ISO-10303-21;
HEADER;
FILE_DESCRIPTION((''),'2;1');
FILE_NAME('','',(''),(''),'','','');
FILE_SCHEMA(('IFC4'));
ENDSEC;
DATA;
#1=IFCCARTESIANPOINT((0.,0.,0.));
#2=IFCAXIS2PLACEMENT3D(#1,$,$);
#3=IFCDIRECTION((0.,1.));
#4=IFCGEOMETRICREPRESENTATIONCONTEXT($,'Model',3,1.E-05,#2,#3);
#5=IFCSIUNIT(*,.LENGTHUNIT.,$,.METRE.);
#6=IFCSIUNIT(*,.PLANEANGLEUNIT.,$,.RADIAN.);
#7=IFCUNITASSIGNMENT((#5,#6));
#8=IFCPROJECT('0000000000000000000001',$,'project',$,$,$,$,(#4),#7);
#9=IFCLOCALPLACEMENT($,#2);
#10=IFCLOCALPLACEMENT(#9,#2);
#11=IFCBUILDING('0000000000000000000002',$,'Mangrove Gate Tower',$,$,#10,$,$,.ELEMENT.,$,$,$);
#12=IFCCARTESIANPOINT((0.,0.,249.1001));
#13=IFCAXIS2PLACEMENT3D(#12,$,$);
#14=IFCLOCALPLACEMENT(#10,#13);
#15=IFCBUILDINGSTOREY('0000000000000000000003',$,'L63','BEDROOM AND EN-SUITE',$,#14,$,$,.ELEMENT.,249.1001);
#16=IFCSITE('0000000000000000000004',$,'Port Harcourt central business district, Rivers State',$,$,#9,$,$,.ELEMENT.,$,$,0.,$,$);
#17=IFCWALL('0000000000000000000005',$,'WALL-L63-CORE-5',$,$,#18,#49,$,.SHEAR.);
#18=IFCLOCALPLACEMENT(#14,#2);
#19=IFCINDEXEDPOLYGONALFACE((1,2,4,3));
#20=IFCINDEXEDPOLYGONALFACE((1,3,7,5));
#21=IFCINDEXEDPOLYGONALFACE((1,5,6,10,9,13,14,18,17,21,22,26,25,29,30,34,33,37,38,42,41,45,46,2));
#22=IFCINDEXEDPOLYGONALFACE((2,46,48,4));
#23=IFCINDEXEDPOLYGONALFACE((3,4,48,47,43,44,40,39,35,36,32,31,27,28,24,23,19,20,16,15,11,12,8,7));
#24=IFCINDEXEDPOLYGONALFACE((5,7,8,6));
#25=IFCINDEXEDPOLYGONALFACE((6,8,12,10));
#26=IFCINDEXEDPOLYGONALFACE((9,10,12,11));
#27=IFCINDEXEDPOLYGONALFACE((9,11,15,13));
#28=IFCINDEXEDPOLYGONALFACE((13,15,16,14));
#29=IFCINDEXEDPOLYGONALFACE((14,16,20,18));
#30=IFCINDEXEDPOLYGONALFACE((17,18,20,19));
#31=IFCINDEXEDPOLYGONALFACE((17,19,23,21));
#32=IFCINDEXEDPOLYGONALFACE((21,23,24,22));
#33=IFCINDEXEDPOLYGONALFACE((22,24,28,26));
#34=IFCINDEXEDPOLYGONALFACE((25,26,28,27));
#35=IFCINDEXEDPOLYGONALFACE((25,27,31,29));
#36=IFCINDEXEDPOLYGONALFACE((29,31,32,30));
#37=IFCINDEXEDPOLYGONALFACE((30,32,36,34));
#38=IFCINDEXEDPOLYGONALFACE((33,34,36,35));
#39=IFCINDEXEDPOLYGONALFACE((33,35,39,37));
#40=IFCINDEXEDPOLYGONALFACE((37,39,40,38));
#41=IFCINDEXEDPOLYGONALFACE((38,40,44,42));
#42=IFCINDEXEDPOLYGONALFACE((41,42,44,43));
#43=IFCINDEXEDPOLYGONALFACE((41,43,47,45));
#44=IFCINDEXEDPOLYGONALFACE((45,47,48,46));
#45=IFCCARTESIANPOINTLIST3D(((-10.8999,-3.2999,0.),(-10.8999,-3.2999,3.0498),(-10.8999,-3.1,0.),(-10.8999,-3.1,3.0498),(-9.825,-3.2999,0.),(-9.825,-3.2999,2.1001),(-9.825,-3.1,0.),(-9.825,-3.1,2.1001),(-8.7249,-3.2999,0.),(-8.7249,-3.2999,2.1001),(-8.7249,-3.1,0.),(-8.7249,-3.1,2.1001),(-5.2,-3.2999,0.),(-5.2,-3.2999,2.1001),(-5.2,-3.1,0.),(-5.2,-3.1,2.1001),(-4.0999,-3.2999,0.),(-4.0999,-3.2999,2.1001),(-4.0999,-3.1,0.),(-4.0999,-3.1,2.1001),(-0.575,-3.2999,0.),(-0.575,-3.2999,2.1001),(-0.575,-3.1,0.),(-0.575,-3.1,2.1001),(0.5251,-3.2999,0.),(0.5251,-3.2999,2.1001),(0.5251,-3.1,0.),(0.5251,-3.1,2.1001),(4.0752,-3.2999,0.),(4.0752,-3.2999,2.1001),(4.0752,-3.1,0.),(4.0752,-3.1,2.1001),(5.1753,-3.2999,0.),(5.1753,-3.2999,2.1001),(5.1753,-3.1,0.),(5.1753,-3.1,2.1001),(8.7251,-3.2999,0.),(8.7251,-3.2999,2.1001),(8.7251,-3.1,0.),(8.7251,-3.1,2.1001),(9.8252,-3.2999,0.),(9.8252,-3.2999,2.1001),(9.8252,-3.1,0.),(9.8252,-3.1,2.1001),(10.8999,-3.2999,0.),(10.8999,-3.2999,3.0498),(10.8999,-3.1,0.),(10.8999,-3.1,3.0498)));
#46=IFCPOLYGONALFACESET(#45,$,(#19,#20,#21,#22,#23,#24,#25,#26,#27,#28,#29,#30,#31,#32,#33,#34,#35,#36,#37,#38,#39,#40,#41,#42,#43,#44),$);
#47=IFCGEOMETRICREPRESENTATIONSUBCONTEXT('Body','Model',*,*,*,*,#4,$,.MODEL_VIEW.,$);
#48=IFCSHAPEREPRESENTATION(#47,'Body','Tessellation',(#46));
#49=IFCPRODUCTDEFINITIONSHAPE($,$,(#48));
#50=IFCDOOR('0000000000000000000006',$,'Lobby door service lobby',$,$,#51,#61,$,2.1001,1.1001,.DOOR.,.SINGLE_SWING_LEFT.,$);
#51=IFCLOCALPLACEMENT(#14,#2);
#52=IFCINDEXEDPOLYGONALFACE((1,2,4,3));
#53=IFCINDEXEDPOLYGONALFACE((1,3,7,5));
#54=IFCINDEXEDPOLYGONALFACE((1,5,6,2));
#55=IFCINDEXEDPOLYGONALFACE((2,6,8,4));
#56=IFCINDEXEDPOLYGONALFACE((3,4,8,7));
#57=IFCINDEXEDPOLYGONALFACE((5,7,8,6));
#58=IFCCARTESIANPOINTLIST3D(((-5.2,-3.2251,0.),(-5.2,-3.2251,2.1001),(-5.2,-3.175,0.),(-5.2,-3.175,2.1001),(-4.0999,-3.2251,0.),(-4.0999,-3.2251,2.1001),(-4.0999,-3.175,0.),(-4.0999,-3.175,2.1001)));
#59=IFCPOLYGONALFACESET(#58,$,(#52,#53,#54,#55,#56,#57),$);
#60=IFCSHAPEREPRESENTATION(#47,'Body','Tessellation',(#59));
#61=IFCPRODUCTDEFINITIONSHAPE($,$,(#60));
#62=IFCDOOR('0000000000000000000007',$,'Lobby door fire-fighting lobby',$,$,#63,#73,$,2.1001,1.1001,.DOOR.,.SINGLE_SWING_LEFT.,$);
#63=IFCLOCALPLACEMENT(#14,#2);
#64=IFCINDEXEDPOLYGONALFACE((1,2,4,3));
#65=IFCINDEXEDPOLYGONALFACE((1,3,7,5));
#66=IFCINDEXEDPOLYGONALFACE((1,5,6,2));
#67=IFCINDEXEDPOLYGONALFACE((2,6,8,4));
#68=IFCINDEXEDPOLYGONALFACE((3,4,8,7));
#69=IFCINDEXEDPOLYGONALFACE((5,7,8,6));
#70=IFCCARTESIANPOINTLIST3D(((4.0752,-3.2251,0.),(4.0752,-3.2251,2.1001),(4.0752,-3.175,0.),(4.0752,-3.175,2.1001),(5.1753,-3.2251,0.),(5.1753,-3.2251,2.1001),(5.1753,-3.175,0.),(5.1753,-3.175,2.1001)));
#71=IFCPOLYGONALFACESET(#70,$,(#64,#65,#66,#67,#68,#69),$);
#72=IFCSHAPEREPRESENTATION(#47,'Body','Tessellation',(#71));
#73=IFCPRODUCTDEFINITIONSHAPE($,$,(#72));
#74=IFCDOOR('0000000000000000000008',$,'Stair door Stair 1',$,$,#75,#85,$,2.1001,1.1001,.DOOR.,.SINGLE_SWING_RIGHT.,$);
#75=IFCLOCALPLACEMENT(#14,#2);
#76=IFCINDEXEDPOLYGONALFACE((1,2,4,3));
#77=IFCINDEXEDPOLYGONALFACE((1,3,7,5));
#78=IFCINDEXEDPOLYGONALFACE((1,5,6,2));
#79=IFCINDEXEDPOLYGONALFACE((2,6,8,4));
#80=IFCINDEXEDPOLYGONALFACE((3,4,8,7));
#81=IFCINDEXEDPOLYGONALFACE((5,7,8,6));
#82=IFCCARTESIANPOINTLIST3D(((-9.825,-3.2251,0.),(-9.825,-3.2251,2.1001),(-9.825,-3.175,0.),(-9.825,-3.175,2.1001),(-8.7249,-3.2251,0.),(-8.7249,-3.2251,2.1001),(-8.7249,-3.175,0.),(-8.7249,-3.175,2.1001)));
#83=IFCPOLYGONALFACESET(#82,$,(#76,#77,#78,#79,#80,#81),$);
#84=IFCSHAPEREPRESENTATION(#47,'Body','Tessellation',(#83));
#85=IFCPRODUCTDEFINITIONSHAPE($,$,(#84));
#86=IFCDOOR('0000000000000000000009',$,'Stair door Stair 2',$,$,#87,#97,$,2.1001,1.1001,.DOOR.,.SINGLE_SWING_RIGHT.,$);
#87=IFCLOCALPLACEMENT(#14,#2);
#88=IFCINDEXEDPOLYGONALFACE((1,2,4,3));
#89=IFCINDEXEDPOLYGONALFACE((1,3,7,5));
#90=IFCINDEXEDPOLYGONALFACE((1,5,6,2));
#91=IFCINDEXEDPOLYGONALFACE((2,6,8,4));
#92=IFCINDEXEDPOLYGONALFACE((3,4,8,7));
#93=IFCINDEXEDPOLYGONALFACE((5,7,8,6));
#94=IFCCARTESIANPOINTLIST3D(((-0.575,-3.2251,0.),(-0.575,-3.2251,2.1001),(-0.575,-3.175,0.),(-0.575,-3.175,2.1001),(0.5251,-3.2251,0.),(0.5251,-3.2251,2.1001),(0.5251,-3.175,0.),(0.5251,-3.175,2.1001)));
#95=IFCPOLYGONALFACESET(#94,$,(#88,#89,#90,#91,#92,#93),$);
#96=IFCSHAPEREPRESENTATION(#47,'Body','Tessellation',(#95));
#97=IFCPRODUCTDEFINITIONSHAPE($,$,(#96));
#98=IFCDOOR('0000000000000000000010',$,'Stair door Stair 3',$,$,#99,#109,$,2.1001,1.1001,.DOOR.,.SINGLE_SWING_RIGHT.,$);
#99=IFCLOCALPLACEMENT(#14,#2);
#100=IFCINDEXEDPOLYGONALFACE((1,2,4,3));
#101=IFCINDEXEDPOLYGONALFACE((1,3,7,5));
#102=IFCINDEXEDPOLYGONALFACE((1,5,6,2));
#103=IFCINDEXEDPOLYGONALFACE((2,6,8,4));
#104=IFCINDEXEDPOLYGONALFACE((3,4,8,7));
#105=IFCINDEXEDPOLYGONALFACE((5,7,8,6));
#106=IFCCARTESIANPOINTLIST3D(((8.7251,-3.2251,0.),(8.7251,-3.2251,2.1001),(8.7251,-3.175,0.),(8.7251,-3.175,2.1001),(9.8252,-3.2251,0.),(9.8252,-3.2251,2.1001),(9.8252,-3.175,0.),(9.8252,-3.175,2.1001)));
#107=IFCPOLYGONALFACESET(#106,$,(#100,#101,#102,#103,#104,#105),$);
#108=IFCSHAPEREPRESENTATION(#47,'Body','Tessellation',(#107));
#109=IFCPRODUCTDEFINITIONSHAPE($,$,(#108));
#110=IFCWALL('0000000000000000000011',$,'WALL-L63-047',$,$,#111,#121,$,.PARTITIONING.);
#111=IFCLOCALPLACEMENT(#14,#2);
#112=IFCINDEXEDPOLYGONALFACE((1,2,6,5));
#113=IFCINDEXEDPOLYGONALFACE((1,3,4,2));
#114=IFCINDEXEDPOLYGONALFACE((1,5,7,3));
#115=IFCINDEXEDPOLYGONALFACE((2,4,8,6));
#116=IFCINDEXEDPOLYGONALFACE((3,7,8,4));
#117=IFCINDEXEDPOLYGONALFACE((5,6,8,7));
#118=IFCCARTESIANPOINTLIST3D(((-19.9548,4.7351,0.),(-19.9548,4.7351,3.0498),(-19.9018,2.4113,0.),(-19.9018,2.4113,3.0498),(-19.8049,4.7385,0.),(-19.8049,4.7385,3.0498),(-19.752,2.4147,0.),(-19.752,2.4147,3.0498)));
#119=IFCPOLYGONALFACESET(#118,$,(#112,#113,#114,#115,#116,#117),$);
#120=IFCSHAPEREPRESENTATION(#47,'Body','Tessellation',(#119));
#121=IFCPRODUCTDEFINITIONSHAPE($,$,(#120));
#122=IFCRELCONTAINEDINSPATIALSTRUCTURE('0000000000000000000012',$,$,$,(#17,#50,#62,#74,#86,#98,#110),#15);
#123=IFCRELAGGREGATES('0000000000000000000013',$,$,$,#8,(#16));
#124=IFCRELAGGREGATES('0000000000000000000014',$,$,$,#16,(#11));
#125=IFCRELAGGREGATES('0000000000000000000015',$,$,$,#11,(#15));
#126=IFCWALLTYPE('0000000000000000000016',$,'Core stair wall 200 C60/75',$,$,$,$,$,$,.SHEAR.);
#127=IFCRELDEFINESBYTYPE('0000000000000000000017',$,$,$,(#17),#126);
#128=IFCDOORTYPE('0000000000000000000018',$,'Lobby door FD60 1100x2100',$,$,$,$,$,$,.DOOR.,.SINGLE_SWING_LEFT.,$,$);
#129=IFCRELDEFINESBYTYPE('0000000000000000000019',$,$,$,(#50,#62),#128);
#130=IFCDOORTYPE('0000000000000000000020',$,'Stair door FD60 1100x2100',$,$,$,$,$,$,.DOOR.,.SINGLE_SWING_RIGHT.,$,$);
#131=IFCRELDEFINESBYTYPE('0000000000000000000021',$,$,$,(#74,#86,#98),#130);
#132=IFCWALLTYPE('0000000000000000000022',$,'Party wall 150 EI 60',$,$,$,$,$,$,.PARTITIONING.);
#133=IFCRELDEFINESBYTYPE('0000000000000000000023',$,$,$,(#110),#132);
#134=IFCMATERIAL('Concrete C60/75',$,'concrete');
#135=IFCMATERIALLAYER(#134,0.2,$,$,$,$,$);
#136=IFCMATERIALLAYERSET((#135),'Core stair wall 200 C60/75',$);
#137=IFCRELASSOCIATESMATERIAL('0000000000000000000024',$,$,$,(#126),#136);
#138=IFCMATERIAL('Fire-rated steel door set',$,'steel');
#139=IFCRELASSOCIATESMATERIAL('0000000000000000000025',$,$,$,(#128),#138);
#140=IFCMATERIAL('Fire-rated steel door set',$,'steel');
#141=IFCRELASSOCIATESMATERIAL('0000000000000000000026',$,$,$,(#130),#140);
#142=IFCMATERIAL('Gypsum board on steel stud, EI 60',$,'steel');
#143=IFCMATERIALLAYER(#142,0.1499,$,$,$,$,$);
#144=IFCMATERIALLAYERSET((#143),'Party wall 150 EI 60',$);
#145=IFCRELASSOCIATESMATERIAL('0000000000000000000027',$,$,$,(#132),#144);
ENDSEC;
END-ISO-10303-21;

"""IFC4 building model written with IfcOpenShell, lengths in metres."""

from ifc_helpers import new_model, si_unit, direction, frame, frame_2d, origin, place, context, subcontext, project, spatial, rectangle, extrude, material, layer, layer_set, type_object, element, fill, save


model = new_model("IFC4")

# Units and contexts
model_context = context("Model", 3, precision=1e-05, world=origin(), true_north=direction((0.0, 1.0)))
body_context = subcontext(model_context, "Body", "Model", "MODEL_VIEW")
ifc_project = project(units=[si_unit("LENGTHUNIT", "METRE"), si_unit("PLANEANGLEUNIT", "RADIAN")], contexts=[model_context])

# Site, building, storey
site_placement = place(None, origin())
site = spatial("IfcSite", under=ifc_project, at=site_placement, Name="Port Harcourt central business district, Rivers State", CompositionType="ELEMENT", RefElevation=0.0)
building_placement = place(site_placement, origin())
building = spatial("IfcBuilding", under=site, at=building_placement, Name="Mangrove Gate Tower", CompositionType="ELEMENT")
storey_placement = place(building_placement, frame((0.0, 0.0, 249.1001)))
storey = spatial("IfcBuildingStorey", under=building, at=storey_placement, Name="L63", Description="BEDROOM AND EN-SUITE", CompositionType="ELEMENT", Elevation=249.1001)

# Wall, openings, doors
ifc_material_1 = material(Name="Concrete C60/75", Category="concrete")
ifc_layer_1 = layer(ifc_material_1, 0.2)
ifc_layer_set_1 = layer_set([ifc_layer_1], Name="Core stair wall 200 C60/75")
wall_type_1 = type_object("IfcWallType", Name="Core stair wall 200 C60/75", PredefinedType="SHEAR", material=ifc_layer_set_1)
wall_1_placement = place(storey_placement, frame((-10.8999, -3.2, 0.0), z_axis=(0.0, 0.0, 1.0), x_axis=(1.0, 0.0, 0.0)))
wall_1 = element("IfcWall", 1, at=wall_1_placement, inside=storey, type_object=wall_type_1, Name="WALL-L63-CORE-5", PredefinedType="SHEAR", context=body_context, shape_type="SweptSolid", body=[
    extrude(rectangle(XDim=21.7998, YDim=0.2, at=frame_2d((10.8999, 0.0))), origin(), (0.0, 0.0, 1.0), 3.0498),
])
opening_1_placement = place(wall_1_placement, frame((1.075, 0.0, 0.0)))
opening_1 = element("IfcOpeningElement", 2, at=opening_1_placement, cuts=wall_1, PredefinedType="OPENING", context=body_context, shape_type="SweptSolid", body=[
    extrude(rectangle(XDim=1.1001, YDim=2.1001, at=frame_2d((0.55, 1.05))), frame((0.0, 0.1099, 0.0), z_axis=(0.0, -1.0, 0.0), x_axis=(1.0, 0.0, 0.0)), (0.0, 0.0, 1.0), 0.22),
])
opening_2_placement = place(wall_1_placement, frame((10.325, 0.0, 0.0)))
opening_2 = element("IfcOpeningElement", 3, at=opening_2_placement, cuts=wall_1, PredefinedType="OPENING", context=body_context, shape_type="SweptSolid", body=[
    extrude(rectangle(XDim=1.1001, YDim=2.1001, at=frame_2d((0.55, 1.05))), frame((0.0, 0.1099, 0.0), z_axis=(0.0, -1.0, 0.0), x_axis=(1.0, 0.0, 0.0)), (0.0, 0.0, 1.0), 0.22),
])
opening_3_placement = place(wall_1_placement, frame((19.625, 0.0, 0.0)))
opening_3 = element("IfcOpeningElement", 4, at=opening_3_placement, cuts=wall_1, PredefinedType="OPENING", context=body_context, shape_type="SweptSolid", body=[
    extrude(rectangle(XDim=1.1001, YDim=2.1001, at=frame_2d((0.55, 1.05))), frame((0.0, 0.1099, 0.0), z_axis=(0.0, -1.0, 0.0), x_axis=(1.0, 0.0, 0.0)), (0.0, 0.0, 1.0), 0.22),
])
opening_4_placement = place(wall_1_placement, frame((5.7, 0.0, 0.0)))
opening_4 = element("IfcOpeningElement", 5, at=opening_4_placement, cuts=wall_1, PredefinedType="OPENING", context=body_context, shape_type="SweptSolid", body=[
    extrude(rectangle(XDim=1.1001, YDim=2.1001, at=frame_2d((0.55, 1.05))), frame((0.0, 0.1099, 0.0), z_axis=(0.0, -1.0, 0.0), x_axis=(1.0, 0.0, 0.0)), (0.0, 0.0, 1.0), 0.22),
])
opening_5_placement = place(wall_1_placement, frame((14.9751, 0.0, 0.0)))
opening_5 = element("IfcOpeningElement", 6, at=opening_5_placement, cuts=wall_1, PredefinedType="OPENING", context=body_context, shape_type="SweptSolid", body=[
    extrude(rectangle(XDim=1.1001, YDim=2.1001, at=frame_2d((0.55, 1.05))), frame((0.0, 0.1099, 0.0), z_axis=(0.0, -1.0, 0.0), x_axis=(1.0, 0.0, 0.0)), (0.0, 0.0, 1.0), 0.22),
])
ifc_material_2 = material(Name="Fire-rated steel door set", Category="steel")
door_type_1 = type_object("IfcDoorType", Name="Lobby door FD60 1100x2100", OperationType="SINGLE_SWING_LEFT", PredefinedType="DOOR", material=ifc_material_2)
door_1_placement = place(opening_4_placement, origin())
door_1 = element("IfcDoor", 7, at=door_1_placement, inside=storey, type_object=door_type_1, Name="Lobby door service lobby", OperationType="SINGLE_SWING_LEFT", OverallHeight=2.1001, OverallWidth=1.1001, PredefinedType="DOOR", context=body_context, shape_type="SweptSolid", body=[
    extrude(rectangle(XDim=1.1001, YDim=2.1001, at=frame_2d((0.55, 1.05))), frame((0.0, 0.0249, 0.0), z_axis=(0.0, -1.0, 0.0), x_axis=(1.0, 0.0, 0.0)), (0.0, 0.0, 1.0), 0.05),
])
fill(opening_4, door_1)
door_2_placement = place(opening_5_placement, origin())
door_2 = element("IfcDoor", 8, at=door_2_placement, inside=storey, type_object=door_type_1, Name="Lobby door fire-fighting lobby", OperationType="SINGLE_SWING_LEFT", OverallHeight=2.1001, OverallWidth=1.1001, PredefinedType="DOOR", context=body_context, shape_type="SweptSolid", body=[
    extrude(rectangle(XDim=1.1001, YDim=2.1001, at=frame_2d((0.55, 1.05))), frame((0.0, 0.0249, 0.0), z_axis=(0.0, -1.0, 0.0), x_axis=(1.0, 0.0, 0.0)), (0.0, 0.0, 1.0), 0.05),
])
fill(opening_5, door_2)
ifc_material_3 = material(Name="Fire-rated steel door set", Category="steel")
door_type_2 = type_object("IfcDoorType", Name="Stair door FD60 1100x2100", OperationType="SINGLE_SWING_RIGHT", PredefinedType="DOOR", material=ifc_material_3)
door_3_placement = place(opening_1_placement, origin())
door_3 = element("IfcDoor", 9, at=door_3_placement, inside=storey, type_object=door_type_2, Name="Stair door Stair 1", OperationType="SINGLE_SWING_RIGHT", OverallHeight=2.1001, OverallWidth=1.1001, PredefinedType="DOOR", context=body_context, shape_type="SweptSolid", body=[
    extrude(rectangle(XDim=1.1001, YDim=2.1001, at=frame_2d((0.55, 1.05))), frame((0.0, 0.0249, 0.0), z_axis=(0.0, -1.0, 0.0), x_axis=(1.0, 0.0, 0.0)), (0.0, 0.0, 1.0), 0.05),
])
fill(opening_1, door_3)
door_4_placement = place(opening_2_placement, origin())
door_4 = element("IfcDoor", 10, at=door_4_placement, inside=storey, type_object=door_type_2, Name="Stair door Stair 2", OperationType="SINGLE_SWING_RIGHT", OverallHeight=2.1001, OverallWidth=1.1001, PredefinedType="DOOR", context=body_context, shape_type="SweptSolid", body=[
    extrude(rectangle(XDim=1.1001, YDim=2.1001, at=frame_2d((0.55, 1.05))), frame((0.0, 0.0249, 0.0), z_axis=(0.0, -1.0, 0.0), x_axis=(1.0, 0.0, 0.0)), (0.0, 0.0, 1.0), 0.05),
])
fill(opening_2, door_4)
door_5_placement = place(opening_3_placement, origin())
door_5 = element("IfcDoor", 11, at=door_5_placement, inside=storey, type_object=door_type_2, Name="Stair door Stair 3", OperationType="SINGLE_SWING_RIGHT", OverallHeight=2.1001, OverallWidth=1.1001, PredefinedType="DOOR", context=body_context, shape_type="SweptSolid", body=[
    extrude(rectangle(XDim=1.1001, YDim=2.1001, at=frame_2d((0.55, 1.05))), frame((0.0, 0.0249, 0.0), z_axis=(0.0, -1.0, 0.0), x_axis=(1.0, 0.0, 0.0)), (0.0, 0.0, 1.0), 0.05),
])
fill(opening_3, door_5)

# Wall
ifc_material_4 = material(Name="Gypsum board on steel stud, EI 60", Category="steel")
ifc_layer_2 = layer(ifc_material_4, 0.1499)
ifc_layer_set_2 = layer_set([ifc_layer_2], Name="Party wall 150 EI 60")
wall_type_2 = type_object("IfcWallType", Name="Party wall 150 EI 60", PredefinedType="PARTITIONING", material=ifc_layer_set_2)
wall_2_placement = place(storey_placement, frame((-19.8269, 2.4131, 0.0), z_axis=(0.0, 0.0, 1.0), x_axis=(-0.022791, 0.99974, 0.0)))
element("IfcWall", 12, at=wall_2_placement, inside=storey, type_object=wall_type_2, Name="WALL-L63-047", PredefinedType="PARTITIONING", context=body_context, shape_type="SweptSolid", body=[
    extrude(rectangle(XDim=2.3245, YDim=0.1499, at=frame_2d((1.1621, 0.0))), origin(), (0.0, 0.0, 1.0), 3.0498),
])

save(model, "model.ifc")
